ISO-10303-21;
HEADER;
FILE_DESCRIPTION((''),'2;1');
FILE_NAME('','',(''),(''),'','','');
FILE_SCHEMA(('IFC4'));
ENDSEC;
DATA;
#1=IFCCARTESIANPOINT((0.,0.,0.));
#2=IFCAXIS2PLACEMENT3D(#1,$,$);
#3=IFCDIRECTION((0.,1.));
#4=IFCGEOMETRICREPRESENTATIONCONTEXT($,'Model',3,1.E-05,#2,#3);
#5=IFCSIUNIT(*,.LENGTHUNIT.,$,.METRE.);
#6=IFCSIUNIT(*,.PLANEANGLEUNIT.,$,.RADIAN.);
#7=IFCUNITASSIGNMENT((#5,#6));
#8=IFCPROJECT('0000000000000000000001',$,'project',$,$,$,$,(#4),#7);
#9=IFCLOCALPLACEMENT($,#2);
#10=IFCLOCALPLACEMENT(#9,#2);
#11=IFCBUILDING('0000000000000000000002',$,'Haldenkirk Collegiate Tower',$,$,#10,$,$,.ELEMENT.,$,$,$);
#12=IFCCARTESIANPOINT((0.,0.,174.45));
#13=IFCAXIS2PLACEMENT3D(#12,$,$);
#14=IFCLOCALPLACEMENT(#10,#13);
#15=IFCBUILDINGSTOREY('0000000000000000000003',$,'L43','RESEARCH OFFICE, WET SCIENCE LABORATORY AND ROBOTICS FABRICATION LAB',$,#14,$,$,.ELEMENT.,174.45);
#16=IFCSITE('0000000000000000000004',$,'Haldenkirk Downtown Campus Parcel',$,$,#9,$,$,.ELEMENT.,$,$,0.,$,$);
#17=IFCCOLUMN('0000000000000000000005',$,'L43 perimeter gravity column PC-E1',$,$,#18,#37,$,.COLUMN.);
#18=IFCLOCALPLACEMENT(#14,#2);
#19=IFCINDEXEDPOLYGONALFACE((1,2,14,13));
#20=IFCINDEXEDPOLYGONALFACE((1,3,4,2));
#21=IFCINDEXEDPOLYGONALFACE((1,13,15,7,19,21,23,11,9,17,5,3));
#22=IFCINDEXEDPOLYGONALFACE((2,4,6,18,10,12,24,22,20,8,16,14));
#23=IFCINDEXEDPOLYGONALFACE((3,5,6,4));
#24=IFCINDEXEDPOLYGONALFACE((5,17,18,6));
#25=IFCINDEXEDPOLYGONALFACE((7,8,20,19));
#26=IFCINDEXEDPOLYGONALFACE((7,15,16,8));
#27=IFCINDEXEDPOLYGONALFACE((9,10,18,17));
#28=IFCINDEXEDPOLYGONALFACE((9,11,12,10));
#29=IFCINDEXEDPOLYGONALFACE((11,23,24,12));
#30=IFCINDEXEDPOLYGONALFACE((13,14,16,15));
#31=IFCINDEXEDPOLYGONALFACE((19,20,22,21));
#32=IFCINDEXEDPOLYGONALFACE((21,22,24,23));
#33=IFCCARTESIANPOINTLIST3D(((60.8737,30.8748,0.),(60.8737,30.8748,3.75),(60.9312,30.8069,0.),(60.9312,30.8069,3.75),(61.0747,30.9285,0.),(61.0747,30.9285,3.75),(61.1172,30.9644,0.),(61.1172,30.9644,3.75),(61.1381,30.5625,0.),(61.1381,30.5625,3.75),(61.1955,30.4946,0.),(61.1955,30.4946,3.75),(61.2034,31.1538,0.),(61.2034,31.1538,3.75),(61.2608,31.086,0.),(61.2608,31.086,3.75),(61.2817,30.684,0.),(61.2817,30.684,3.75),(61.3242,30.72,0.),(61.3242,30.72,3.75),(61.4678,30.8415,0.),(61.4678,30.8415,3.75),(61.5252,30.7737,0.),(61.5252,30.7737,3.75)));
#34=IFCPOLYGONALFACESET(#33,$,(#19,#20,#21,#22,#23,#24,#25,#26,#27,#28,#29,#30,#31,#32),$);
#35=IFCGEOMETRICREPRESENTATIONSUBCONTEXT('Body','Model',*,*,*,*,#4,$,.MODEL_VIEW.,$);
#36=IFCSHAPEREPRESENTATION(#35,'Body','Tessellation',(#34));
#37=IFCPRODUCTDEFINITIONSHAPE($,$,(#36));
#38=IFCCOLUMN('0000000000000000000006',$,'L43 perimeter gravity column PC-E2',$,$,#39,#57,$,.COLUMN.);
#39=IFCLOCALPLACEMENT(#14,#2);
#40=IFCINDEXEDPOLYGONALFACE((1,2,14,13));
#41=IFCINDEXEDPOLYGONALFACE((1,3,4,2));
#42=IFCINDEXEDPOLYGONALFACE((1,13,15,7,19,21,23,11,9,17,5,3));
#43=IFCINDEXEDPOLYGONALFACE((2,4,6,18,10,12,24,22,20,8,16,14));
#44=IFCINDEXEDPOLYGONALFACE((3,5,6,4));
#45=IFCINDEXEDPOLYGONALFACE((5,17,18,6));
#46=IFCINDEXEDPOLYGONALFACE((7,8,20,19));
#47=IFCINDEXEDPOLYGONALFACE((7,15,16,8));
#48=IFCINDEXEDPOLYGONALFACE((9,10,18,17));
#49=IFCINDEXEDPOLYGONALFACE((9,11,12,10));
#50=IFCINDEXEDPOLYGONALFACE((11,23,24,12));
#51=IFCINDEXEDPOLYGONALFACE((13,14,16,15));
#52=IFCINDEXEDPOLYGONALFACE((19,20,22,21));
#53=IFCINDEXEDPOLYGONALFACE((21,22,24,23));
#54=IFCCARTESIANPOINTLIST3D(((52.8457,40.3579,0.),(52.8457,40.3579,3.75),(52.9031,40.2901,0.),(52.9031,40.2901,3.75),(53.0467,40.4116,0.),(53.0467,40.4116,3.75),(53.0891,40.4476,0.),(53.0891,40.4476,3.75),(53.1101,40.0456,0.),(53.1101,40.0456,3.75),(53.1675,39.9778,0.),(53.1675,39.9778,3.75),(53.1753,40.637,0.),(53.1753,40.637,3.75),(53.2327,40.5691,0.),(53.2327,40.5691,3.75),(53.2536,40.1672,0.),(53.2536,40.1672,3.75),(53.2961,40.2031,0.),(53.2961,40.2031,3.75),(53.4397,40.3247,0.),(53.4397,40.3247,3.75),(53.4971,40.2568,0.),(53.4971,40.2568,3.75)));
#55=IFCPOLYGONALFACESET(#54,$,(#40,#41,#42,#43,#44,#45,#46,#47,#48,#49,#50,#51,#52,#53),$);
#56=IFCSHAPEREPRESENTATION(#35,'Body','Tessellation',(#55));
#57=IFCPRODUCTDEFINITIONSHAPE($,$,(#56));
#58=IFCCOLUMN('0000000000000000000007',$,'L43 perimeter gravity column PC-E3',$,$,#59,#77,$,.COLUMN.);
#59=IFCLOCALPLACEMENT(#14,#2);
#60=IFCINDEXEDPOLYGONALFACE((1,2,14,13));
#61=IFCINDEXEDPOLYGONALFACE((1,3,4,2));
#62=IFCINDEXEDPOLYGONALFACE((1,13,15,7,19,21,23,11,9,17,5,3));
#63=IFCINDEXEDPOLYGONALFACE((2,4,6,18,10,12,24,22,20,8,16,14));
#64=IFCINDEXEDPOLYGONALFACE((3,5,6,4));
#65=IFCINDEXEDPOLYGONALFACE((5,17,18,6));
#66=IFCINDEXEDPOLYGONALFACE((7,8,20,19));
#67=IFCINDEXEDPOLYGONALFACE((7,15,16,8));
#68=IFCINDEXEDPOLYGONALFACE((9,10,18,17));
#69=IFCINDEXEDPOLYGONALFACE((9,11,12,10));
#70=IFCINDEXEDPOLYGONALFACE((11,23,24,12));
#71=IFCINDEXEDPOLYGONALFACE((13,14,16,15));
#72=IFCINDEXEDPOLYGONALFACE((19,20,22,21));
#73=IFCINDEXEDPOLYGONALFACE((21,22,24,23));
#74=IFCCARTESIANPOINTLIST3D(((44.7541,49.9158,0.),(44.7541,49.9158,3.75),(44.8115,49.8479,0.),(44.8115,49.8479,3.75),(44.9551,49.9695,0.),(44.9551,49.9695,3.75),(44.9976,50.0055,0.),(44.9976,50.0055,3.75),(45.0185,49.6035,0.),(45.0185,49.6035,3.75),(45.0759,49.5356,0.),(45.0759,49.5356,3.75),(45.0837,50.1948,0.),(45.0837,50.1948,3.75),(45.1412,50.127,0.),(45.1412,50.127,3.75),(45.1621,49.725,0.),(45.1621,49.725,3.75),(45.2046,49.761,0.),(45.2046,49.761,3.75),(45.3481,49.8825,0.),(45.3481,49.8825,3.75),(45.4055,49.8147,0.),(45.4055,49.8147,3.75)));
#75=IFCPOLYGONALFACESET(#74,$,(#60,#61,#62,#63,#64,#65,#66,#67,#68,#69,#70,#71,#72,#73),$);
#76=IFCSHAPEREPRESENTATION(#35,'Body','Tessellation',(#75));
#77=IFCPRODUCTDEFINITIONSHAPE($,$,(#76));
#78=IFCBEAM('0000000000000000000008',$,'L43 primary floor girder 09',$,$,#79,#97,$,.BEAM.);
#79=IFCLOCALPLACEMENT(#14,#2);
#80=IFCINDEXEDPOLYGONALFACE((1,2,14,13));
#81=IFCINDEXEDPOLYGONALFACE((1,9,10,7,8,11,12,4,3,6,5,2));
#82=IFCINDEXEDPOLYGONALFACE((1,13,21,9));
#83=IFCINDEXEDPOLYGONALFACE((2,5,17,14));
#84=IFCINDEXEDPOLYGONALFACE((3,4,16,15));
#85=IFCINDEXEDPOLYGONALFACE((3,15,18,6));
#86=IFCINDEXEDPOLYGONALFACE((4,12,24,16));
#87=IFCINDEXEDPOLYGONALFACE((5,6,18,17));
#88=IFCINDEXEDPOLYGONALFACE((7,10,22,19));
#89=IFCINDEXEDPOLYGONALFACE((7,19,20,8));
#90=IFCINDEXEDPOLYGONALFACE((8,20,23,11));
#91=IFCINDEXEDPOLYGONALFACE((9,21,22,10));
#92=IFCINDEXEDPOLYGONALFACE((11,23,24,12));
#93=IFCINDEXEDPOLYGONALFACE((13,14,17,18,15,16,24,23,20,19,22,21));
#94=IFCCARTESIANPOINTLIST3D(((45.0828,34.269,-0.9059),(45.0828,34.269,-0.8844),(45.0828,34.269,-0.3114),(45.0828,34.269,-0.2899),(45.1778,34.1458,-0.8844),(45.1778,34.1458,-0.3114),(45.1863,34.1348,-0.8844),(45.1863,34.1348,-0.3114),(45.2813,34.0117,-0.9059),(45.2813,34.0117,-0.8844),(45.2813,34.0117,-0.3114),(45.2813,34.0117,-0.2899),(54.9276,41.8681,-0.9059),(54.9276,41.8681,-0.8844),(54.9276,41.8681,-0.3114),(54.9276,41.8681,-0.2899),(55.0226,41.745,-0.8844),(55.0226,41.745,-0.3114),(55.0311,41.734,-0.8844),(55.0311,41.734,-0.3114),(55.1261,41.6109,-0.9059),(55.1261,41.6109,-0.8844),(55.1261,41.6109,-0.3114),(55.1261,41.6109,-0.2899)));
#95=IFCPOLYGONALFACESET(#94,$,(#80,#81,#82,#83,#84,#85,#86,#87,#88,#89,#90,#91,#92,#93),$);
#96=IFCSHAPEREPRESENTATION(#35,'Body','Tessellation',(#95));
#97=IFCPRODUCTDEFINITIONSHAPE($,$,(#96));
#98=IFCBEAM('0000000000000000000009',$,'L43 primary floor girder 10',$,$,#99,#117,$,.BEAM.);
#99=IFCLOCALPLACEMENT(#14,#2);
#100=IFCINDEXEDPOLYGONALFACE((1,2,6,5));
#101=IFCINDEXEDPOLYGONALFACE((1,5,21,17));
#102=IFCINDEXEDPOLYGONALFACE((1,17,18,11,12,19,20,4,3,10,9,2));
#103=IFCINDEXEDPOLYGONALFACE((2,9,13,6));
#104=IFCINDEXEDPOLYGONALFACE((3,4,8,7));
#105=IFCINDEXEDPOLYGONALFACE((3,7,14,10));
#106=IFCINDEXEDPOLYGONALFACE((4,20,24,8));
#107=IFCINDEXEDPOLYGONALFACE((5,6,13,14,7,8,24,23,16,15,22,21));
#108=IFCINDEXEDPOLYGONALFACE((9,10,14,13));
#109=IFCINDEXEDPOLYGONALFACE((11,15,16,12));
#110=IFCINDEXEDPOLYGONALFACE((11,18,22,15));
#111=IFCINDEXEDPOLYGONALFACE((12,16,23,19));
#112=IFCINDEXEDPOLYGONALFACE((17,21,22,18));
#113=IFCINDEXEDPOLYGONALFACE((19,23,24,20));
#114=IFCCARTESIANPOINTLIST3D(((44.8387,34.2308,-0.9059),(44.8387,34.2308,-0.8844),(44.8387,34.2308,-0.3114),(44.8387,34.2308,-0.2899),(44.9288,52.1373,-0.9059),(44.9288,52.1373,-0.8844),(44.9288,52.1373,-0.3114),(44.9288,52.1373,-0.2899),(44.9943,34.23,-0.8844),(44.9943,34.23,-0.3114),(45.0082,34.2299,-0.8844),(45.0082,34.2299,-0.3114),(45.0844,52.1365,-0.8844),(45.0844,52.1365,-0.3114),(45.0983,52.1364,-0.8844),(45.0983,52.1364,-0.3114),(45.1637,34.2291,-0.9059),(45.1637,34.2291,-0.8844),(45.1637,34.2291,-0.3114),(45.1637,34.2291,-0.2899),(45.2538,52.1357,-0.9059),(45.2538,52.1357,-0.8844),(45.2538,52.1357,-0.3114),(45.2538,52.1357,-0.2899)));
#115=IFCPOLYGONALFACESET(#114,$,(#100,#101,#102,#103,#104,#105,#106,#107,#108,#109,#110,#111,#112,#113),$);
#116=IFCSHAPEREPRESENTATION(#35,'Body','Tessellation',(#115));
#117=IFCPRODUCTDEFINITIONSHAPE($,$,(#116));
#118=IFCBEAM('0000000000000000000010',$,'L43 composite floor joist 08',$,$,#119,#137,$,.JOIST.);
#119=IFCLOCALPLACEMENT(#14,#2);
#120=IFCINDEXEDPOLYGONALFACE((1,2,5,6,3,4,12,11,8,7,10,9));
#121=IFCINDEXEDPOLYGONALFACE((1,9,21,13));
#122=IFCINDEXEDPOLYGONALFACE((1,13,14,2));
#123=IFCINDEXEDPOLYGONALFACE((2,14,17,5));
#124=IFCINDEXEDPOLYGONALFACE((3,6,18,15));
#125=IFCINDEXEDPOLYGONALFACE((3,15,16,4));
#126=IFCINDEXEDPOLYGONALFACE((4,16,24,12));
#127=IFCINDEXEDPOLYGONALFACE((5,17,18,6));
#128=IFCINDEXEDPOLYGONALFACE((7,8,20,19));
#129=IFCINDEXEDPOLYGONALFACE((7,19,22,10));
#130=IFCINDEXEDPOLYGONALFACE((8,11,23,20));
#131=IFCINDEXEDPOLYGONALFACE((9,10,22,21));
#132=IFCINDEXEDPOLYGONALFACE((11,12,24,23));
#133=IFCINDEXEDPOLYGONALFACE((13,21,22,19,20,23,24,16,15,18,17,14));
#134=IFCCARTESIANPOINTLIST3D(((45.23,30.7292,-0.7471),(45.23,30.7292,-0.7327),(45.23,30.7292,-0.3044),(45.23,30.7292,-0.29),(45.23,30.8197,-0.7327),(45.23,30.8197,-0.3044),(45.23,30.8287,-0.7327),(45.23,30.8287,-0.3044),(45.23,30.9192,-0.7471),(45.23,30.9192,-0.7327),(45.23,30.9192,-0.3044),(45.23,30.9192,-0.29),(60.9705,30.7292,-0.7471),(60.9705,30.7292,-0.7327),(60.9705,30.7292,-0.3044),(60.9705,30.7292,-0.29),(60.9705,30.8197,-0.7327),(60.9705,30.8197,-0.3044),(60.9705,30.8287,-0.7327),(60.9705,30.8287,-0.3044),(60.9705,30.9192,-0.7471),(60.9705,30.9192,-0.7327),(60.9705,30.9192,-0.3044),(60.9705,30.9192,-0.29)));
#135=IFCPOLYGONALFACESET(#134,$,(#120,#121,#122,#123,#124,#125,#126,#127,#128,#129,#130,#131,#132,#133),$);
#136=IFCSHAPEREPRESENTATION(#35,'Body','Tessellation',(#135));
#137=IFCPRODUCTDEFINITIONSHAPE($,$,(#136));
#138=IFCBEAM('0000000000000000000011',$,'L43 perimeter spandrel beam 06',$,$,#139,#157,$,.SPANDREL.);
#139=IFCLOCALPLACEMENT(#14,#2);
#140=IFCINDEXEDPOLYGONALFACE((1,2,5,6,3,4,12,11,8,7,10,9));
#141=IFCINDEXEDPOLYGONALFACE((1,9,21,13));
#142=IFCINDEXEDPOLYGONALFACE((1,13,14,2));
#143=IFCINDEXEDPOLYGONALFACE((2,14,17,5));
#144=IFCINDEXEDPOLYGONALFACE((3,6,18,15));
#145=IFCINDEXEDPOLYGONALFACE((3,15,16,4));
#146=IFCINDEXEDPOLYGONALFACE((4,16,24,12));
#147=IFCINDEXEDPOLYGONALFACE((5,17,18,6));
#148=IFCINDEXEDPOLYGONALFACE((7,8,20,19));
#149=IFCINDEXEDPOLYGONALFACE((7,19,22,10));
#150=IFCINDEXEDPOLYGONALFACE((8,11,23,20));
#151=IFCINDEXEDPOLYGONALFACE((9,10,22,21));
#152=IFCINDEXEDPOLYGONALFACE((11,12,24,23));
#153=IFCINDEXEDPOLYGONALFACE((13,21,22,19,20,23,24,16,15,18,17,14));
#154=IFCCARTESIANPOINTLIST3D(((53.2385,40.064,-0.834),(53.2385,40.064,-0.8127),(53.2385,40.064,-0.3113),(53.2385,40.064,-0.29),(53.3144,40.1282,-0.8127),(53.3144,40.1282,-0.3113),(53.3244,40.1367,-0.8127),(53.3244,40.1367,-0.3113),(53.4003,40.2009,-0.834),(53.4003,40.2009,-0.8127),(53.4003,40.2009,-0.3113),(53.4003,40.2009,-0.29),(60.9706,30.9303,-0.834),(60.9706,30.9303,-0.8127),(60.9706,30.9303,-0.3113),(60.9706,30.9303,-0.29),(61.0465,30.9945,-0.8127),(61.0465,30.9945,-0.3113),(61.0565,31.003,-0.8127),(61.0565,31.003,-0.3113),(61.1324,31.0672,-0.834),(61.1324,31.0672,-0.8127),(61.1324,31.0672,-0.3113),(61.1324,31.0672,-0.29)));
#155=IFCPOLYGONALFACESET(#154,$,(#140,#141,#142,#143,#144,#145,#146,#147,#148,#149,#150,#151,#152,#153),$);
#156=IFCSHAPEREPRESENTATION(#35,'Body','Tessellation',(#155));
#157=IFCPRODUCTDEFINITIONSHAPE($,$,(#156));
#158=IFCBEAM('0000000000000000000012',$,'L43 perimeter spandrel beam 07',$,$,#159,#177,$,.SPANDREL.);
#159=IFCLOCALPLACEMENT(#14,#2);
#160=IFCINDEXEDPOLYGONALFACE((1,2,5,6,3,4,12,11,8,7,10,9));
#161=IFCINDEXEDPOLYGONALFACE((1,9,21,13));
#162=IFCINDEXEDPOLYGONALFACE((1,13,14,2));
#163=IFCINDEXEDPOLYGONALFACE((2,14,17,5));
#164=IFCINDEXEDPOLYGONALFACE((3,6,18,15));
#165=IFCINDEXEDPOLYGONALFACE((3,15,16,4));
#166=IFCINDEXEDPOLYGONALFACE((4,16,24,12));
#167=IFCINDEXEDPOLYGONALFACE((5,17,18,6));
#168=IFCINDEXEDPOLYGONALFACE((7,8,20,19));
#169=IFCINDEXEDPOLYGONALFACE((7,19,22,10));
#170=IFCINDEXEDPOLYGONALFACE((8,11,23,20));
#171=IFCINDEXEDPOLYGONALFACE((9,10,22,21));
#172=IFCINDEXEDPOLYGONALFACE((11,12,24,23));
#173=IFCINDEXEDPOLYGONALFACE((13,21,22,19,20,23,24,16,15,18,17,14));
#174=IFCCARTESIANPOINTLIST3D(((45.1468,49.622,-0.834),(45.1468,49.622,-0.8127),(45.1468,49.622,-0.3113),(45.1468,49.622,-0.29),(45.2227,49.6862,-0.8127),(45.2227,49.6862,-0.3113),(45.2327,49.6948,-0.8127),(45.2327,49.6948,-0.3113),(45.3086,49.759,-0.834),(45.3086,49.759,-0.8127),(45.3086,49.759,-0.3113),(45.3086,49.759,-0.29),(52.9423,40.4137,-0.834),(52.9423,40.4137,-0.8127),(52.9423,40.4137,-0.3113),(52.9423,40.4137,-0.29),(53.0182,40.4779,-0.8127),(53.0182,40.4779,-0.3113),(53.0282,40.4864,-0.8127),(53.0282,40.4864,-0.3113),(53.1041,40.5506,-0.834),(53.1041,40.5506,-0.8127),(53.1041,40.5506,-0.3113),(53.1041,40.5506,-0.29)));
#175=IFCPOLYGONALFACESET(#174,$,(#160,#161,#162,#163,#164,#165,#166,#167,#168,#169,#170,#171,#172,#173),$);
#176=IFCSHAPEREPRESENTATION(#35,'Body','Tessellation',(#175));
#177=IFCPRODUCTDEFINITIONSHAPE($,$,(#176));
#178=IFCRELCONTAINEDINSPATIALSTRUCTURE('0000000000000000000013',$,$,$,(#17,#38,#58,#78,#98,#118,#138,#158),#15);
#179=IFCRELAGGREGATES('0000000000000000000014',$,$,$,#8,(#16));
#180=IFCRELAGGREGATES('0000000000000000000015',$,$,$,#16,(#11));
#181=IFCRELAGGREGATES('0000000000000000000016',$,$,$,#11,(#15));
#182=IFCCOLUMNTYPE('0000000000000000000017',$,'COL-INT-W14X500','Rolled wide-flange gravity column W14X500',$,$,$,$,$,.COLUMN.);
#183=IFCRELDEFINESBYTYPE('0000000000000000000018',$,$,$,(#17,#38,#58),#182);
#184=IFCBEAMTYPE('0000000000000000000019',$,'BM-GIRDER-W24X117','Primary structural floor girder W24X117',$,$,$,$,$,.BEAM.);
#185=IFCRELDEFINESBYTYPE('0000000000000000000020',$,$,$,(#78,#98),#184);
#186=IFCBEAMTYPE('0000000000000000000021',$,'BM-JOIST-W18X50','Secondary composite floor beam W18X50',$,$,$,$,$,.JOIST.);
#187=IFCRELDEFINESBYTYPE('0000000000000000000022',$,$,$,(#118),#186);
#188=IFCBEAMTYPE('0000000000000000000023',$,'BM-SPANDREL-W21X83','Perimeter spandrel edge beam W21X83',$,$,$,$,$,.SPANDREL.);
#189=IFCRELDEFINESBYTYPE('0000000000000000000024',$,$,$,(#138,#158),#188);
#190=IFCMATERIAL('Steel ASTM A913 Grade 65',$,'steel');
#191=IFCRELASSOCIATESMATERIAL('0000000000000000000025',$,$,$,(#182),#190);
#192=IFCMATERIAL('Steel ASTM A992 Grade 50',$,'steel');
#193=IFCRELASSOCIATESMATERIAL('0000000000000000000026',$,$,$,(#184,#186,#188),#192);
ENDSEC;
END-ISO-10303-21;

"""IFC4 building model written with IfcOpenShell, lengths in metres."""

from ifc_helpers import new_model, si_unit, direction, frame, origin, origin_2d, place, context, subcontext, project, spatial, i_section, extrude, material, material_profile, profile_set, type_object, element, save


model = new_model("IFC4")

# Units and contexts
model_context = context("Model", 3, precision=1e-05, world=origin(), true_north=direction((0.0, 1.0)))
body_context = subcontext(model_context, "Body", "Model", "MODEL_VIEW")
ifc_project = project(units=[si_unit("LENGTHUNIT", "METRE"), si_unit("PLANEANGLEUNIT", "RADIAN")], contexts=[model_context])

# Site, building, storey
site_placement = place(None, origin())
site = spatial("IfcSite", under=ifc_project, at=site_placement, Name="Haldenkirk Downtown Campus Parcel", CompositionType="ELEMENT", RefElevation=0.0)
building_placement = place(site_placement, origin())
building = spatial("IfcBuilding", under=site, at=building_placement, Name="Haldenkirk Collegiate Tower", CompositionType="ELEMENT")
storey_placement = place(building_placement, frame((0.0, 0.0, 174.45)))
storey = spatial("IfcBuildingStorey", under=building, at=storey_placement, Name="L43", Description="RESEARCH OFFICE, WET SCIENCE LABORATORY AND ROBOTICS FABRICATION LAB", CompositionType="ELEMENT", Elevation=174.45)

# Columns
ifc_material_1 = material(Name="Steel ASTM A913 Grade 65", Category="steel")
ifc_material_profile_1 = material_profile(ifc_material_1, i_section(OverallWidth=0.4319, OverallDepth=0.498, WebThickness=0.0557, FlangeThickness=0.0889, at=origin_2d()), Name="W14X500")
ifc_profile_set_1 = profile_set([ifc_material_profile_1], Name="Steel ASTM A913 Grade 65")
column_type = type_object("IfcColumnType", Name="COL-INT-W14X500", Description="Rolled wide-flange gravity column W14X500", PredefinedType="COLUMN", material=ifc_profile_set_1)
for number, where, z_axis, x_axis, name in (
    (1, (61.1995, 30.8242, 0.0), (0.0, 0.0, 1.0), (0.763232, 0.646124, 0.0), "L43 perimeter gravity column PC-E1"),
    (2, (53.1714, 40.3074, 0.0), (0.0, 0.0, 1.0), (0.763232, 0.646124, 0.0), "L43 perimeter gravity column PC-E2"),
    (3, (45.0798, 49.8652, 0.0), (0.0, 0.0, 1.0), (0.763232, 0.646124, 0.0), "L43 perimeter gravity column PC-E3"),
):
    element("IfcColumn", number, at=place(storey_placement, frame(where, z_axis=z_axis, x_axis=x_axis)), inside=storey, type_object=column_type, Name=name, PredefinedType="COLUMN", context=body_context, shape_type="SweptSolid", body=[
        extrude(i_section(OverallWidth=0.4319, OverallDepth=0.498, WebThickness=0.0557, FlangeThickness=0.0889, at=origin_2d()), origin(), (0.0, 0.0, 1.0), 3.75),
    ])

# Beams
ifc_material_2 = material(Name="Steel ASTM A992 Grade 50", Category="steel")
ifc_material_profile_2 = material_profile(ifc_material_2, i_section(OverallWidth=0.325, OverallDepth=0.616, WebThickness=0.0139, FlangeThickness=0.0215, at=origin_2d()), Name="W24X117")
ifc_profile_set_2 = profile_set([ifc_material_profile_2], Name="Steel ASTM A992 Grade 50")
beam_type_1 = type_object("IfcBeamType", Name="BM-GIRDER-W24X117", Description="Primary structural floor girder W24X117", PredefinedType="BEAM", material=ifc_profile_set_2)
beam_1_placement = place(storey_placement, frame((55.0269, 41.7395, -0.5979), z_axis=(-0.791603, -0.611036, 0.0), x_axis=(0.611036, -0.791603, 0.0)))
element("IfcBeam", 4, at=beam_1_placement, inside=storey, type_object=beam_type_1, Name="L43 primary floor girder 09", PredefinedType="BEAM", context=body_context, shape_type="SweptSolid", body=[
    extrude(i_section(OverallWidth=0.325, OverallDepth=0.616, WebThickness=0.0139, FlangeThickness=0.0215, at=origin_2d()), origin(), (0.0, 0.0, 1.0), 12.4365),
])
beam_2_placement = place(storey_placement, frame((45.0913, 52.1365, -0.5979), z_axis=(-0.005031, -0.999987, 0.0), x_axis=(0.999987, -0.005031, 0.0)))
element("IfcBeam", 5, at=beam_2_placement, inside=storey, type_object=beam_type_1, Name="L43 primary floor girder 10", PredefinedType="BEAM", context=body_context, shape_type="SweptSolid", body=[
    extrude(i_section(OverallWidth=0.325, OverallDepth=0.616, WebThickness=0.0139, FlangeThickness=0.0215, at=origin_2d()), origin(), (0.0, 0.0, 1.0), 17.9067),
])
ifc_material_profile_3 = material_profile(ifc_material_2, i_section(OverallWidth=0.1899, OverallDepth=0.457, WebThickness=0.009, FlangeThickness=0.0144, at=origin_2d()), Name="W18X50")
ifc_profile_set_3 = profile_set([ifc_material_profile_3], Name="Steel ASTM A992 Grade 50")
beam_type_2 = type_object("IfcBeamType", Name="BM-JOIST-W18X50", Description="Secondary composite floor beam W18X50", PredefinedType="JOIST", material=ifc_profile_set_3)
beam_3_placement = place(storey_placement, frame((60.9705, 30.8242, -0.5186), z_axis=(-1.0, 0.0, 0.0), x_axis=(0.0, -1.0, 0.0)))
element("IfcBeam", 6, at=beam_3_placement, inside=storey, type_object=beam_type_2, Name="L43 composite floor joist 08", PredefinedType="JOIST", context=body_context, shape_type="SweptSolid", body=[
    extrude(i_section(OverallWidth=0.1899, OverallDepth=0.457, WebThickness=0.009, FlangeThickness=0.0144, at=origin_2d()), origin(), (0.0, 0.0, 1.0), 15.7405),
])
ifc_material_profile_4 = material_profile(ifc_material_2, i_section(OverallWidth=0.2119, OverallDepth=0.5439, WebThickness=0.0132, FlangeThickness=0.0212, at=origin_2d()), Name="W21X83")
ifc_profile_set_4 = profile_set([ifc_material_profile_4], Name="Steel ASTM A992 Grade 50")
beam_type_3 = type_object("IfcBeamType", Name="BM-SPANDREL-W21X83", Description="Perimeter spandrel edge beam W21X83", PredefinedType="SPANDREL", material=ifc_profile_set_4)
beam_4_placement = place(storey_placement, frame((61.0515, 30.9988, -0.562), z_axis=(-0.646117, 0.763238, 0.0), x_axis=(-0.763238, -0.646117, 0.0)))
element("IfcBeam", 7, at=beam_4_placement, inside=storey, type_object=beam_type_3, Name="L43 perimeter spandrel beam 06", PredefinedType="SPANDREL", context=body_context, shape_type="SweptSolid", body=[
    extrude(i_section(OverallWidth=0.2119, OverallDepth=0.5439, WebThickness=0.0132, FlangeThickness=0.0212, at=origin_2d()), origin(), (0.0, 0.0, 1.0), 11.967),
])
beam_5_placement = place(storey_placement, frame((53.0232, 40.4822, -0.562), z_axis=(-0.646126, 0.76323, 0.0), x_axis=(-0.76323, -0.646126, 0.0)))
element("IfcBeam", 8, at=beam_5_placement, inside=storey, type_object=beam_type_3, Name="L43 perimeter spandrel beam 07", PredefinedType="SPANDREL", context=body_context, shape_type="SweptSolid", body=[
    extrude(i_section(OverallWidth=0.2119, OverallDepth=0.5439, WebThickness=0.0132, FlangeThickness=0.0212, at=origin_2d()), origin(), (0.0, 0.0, 1.0), 12.0649),
])

save(model, "model.ifc")
